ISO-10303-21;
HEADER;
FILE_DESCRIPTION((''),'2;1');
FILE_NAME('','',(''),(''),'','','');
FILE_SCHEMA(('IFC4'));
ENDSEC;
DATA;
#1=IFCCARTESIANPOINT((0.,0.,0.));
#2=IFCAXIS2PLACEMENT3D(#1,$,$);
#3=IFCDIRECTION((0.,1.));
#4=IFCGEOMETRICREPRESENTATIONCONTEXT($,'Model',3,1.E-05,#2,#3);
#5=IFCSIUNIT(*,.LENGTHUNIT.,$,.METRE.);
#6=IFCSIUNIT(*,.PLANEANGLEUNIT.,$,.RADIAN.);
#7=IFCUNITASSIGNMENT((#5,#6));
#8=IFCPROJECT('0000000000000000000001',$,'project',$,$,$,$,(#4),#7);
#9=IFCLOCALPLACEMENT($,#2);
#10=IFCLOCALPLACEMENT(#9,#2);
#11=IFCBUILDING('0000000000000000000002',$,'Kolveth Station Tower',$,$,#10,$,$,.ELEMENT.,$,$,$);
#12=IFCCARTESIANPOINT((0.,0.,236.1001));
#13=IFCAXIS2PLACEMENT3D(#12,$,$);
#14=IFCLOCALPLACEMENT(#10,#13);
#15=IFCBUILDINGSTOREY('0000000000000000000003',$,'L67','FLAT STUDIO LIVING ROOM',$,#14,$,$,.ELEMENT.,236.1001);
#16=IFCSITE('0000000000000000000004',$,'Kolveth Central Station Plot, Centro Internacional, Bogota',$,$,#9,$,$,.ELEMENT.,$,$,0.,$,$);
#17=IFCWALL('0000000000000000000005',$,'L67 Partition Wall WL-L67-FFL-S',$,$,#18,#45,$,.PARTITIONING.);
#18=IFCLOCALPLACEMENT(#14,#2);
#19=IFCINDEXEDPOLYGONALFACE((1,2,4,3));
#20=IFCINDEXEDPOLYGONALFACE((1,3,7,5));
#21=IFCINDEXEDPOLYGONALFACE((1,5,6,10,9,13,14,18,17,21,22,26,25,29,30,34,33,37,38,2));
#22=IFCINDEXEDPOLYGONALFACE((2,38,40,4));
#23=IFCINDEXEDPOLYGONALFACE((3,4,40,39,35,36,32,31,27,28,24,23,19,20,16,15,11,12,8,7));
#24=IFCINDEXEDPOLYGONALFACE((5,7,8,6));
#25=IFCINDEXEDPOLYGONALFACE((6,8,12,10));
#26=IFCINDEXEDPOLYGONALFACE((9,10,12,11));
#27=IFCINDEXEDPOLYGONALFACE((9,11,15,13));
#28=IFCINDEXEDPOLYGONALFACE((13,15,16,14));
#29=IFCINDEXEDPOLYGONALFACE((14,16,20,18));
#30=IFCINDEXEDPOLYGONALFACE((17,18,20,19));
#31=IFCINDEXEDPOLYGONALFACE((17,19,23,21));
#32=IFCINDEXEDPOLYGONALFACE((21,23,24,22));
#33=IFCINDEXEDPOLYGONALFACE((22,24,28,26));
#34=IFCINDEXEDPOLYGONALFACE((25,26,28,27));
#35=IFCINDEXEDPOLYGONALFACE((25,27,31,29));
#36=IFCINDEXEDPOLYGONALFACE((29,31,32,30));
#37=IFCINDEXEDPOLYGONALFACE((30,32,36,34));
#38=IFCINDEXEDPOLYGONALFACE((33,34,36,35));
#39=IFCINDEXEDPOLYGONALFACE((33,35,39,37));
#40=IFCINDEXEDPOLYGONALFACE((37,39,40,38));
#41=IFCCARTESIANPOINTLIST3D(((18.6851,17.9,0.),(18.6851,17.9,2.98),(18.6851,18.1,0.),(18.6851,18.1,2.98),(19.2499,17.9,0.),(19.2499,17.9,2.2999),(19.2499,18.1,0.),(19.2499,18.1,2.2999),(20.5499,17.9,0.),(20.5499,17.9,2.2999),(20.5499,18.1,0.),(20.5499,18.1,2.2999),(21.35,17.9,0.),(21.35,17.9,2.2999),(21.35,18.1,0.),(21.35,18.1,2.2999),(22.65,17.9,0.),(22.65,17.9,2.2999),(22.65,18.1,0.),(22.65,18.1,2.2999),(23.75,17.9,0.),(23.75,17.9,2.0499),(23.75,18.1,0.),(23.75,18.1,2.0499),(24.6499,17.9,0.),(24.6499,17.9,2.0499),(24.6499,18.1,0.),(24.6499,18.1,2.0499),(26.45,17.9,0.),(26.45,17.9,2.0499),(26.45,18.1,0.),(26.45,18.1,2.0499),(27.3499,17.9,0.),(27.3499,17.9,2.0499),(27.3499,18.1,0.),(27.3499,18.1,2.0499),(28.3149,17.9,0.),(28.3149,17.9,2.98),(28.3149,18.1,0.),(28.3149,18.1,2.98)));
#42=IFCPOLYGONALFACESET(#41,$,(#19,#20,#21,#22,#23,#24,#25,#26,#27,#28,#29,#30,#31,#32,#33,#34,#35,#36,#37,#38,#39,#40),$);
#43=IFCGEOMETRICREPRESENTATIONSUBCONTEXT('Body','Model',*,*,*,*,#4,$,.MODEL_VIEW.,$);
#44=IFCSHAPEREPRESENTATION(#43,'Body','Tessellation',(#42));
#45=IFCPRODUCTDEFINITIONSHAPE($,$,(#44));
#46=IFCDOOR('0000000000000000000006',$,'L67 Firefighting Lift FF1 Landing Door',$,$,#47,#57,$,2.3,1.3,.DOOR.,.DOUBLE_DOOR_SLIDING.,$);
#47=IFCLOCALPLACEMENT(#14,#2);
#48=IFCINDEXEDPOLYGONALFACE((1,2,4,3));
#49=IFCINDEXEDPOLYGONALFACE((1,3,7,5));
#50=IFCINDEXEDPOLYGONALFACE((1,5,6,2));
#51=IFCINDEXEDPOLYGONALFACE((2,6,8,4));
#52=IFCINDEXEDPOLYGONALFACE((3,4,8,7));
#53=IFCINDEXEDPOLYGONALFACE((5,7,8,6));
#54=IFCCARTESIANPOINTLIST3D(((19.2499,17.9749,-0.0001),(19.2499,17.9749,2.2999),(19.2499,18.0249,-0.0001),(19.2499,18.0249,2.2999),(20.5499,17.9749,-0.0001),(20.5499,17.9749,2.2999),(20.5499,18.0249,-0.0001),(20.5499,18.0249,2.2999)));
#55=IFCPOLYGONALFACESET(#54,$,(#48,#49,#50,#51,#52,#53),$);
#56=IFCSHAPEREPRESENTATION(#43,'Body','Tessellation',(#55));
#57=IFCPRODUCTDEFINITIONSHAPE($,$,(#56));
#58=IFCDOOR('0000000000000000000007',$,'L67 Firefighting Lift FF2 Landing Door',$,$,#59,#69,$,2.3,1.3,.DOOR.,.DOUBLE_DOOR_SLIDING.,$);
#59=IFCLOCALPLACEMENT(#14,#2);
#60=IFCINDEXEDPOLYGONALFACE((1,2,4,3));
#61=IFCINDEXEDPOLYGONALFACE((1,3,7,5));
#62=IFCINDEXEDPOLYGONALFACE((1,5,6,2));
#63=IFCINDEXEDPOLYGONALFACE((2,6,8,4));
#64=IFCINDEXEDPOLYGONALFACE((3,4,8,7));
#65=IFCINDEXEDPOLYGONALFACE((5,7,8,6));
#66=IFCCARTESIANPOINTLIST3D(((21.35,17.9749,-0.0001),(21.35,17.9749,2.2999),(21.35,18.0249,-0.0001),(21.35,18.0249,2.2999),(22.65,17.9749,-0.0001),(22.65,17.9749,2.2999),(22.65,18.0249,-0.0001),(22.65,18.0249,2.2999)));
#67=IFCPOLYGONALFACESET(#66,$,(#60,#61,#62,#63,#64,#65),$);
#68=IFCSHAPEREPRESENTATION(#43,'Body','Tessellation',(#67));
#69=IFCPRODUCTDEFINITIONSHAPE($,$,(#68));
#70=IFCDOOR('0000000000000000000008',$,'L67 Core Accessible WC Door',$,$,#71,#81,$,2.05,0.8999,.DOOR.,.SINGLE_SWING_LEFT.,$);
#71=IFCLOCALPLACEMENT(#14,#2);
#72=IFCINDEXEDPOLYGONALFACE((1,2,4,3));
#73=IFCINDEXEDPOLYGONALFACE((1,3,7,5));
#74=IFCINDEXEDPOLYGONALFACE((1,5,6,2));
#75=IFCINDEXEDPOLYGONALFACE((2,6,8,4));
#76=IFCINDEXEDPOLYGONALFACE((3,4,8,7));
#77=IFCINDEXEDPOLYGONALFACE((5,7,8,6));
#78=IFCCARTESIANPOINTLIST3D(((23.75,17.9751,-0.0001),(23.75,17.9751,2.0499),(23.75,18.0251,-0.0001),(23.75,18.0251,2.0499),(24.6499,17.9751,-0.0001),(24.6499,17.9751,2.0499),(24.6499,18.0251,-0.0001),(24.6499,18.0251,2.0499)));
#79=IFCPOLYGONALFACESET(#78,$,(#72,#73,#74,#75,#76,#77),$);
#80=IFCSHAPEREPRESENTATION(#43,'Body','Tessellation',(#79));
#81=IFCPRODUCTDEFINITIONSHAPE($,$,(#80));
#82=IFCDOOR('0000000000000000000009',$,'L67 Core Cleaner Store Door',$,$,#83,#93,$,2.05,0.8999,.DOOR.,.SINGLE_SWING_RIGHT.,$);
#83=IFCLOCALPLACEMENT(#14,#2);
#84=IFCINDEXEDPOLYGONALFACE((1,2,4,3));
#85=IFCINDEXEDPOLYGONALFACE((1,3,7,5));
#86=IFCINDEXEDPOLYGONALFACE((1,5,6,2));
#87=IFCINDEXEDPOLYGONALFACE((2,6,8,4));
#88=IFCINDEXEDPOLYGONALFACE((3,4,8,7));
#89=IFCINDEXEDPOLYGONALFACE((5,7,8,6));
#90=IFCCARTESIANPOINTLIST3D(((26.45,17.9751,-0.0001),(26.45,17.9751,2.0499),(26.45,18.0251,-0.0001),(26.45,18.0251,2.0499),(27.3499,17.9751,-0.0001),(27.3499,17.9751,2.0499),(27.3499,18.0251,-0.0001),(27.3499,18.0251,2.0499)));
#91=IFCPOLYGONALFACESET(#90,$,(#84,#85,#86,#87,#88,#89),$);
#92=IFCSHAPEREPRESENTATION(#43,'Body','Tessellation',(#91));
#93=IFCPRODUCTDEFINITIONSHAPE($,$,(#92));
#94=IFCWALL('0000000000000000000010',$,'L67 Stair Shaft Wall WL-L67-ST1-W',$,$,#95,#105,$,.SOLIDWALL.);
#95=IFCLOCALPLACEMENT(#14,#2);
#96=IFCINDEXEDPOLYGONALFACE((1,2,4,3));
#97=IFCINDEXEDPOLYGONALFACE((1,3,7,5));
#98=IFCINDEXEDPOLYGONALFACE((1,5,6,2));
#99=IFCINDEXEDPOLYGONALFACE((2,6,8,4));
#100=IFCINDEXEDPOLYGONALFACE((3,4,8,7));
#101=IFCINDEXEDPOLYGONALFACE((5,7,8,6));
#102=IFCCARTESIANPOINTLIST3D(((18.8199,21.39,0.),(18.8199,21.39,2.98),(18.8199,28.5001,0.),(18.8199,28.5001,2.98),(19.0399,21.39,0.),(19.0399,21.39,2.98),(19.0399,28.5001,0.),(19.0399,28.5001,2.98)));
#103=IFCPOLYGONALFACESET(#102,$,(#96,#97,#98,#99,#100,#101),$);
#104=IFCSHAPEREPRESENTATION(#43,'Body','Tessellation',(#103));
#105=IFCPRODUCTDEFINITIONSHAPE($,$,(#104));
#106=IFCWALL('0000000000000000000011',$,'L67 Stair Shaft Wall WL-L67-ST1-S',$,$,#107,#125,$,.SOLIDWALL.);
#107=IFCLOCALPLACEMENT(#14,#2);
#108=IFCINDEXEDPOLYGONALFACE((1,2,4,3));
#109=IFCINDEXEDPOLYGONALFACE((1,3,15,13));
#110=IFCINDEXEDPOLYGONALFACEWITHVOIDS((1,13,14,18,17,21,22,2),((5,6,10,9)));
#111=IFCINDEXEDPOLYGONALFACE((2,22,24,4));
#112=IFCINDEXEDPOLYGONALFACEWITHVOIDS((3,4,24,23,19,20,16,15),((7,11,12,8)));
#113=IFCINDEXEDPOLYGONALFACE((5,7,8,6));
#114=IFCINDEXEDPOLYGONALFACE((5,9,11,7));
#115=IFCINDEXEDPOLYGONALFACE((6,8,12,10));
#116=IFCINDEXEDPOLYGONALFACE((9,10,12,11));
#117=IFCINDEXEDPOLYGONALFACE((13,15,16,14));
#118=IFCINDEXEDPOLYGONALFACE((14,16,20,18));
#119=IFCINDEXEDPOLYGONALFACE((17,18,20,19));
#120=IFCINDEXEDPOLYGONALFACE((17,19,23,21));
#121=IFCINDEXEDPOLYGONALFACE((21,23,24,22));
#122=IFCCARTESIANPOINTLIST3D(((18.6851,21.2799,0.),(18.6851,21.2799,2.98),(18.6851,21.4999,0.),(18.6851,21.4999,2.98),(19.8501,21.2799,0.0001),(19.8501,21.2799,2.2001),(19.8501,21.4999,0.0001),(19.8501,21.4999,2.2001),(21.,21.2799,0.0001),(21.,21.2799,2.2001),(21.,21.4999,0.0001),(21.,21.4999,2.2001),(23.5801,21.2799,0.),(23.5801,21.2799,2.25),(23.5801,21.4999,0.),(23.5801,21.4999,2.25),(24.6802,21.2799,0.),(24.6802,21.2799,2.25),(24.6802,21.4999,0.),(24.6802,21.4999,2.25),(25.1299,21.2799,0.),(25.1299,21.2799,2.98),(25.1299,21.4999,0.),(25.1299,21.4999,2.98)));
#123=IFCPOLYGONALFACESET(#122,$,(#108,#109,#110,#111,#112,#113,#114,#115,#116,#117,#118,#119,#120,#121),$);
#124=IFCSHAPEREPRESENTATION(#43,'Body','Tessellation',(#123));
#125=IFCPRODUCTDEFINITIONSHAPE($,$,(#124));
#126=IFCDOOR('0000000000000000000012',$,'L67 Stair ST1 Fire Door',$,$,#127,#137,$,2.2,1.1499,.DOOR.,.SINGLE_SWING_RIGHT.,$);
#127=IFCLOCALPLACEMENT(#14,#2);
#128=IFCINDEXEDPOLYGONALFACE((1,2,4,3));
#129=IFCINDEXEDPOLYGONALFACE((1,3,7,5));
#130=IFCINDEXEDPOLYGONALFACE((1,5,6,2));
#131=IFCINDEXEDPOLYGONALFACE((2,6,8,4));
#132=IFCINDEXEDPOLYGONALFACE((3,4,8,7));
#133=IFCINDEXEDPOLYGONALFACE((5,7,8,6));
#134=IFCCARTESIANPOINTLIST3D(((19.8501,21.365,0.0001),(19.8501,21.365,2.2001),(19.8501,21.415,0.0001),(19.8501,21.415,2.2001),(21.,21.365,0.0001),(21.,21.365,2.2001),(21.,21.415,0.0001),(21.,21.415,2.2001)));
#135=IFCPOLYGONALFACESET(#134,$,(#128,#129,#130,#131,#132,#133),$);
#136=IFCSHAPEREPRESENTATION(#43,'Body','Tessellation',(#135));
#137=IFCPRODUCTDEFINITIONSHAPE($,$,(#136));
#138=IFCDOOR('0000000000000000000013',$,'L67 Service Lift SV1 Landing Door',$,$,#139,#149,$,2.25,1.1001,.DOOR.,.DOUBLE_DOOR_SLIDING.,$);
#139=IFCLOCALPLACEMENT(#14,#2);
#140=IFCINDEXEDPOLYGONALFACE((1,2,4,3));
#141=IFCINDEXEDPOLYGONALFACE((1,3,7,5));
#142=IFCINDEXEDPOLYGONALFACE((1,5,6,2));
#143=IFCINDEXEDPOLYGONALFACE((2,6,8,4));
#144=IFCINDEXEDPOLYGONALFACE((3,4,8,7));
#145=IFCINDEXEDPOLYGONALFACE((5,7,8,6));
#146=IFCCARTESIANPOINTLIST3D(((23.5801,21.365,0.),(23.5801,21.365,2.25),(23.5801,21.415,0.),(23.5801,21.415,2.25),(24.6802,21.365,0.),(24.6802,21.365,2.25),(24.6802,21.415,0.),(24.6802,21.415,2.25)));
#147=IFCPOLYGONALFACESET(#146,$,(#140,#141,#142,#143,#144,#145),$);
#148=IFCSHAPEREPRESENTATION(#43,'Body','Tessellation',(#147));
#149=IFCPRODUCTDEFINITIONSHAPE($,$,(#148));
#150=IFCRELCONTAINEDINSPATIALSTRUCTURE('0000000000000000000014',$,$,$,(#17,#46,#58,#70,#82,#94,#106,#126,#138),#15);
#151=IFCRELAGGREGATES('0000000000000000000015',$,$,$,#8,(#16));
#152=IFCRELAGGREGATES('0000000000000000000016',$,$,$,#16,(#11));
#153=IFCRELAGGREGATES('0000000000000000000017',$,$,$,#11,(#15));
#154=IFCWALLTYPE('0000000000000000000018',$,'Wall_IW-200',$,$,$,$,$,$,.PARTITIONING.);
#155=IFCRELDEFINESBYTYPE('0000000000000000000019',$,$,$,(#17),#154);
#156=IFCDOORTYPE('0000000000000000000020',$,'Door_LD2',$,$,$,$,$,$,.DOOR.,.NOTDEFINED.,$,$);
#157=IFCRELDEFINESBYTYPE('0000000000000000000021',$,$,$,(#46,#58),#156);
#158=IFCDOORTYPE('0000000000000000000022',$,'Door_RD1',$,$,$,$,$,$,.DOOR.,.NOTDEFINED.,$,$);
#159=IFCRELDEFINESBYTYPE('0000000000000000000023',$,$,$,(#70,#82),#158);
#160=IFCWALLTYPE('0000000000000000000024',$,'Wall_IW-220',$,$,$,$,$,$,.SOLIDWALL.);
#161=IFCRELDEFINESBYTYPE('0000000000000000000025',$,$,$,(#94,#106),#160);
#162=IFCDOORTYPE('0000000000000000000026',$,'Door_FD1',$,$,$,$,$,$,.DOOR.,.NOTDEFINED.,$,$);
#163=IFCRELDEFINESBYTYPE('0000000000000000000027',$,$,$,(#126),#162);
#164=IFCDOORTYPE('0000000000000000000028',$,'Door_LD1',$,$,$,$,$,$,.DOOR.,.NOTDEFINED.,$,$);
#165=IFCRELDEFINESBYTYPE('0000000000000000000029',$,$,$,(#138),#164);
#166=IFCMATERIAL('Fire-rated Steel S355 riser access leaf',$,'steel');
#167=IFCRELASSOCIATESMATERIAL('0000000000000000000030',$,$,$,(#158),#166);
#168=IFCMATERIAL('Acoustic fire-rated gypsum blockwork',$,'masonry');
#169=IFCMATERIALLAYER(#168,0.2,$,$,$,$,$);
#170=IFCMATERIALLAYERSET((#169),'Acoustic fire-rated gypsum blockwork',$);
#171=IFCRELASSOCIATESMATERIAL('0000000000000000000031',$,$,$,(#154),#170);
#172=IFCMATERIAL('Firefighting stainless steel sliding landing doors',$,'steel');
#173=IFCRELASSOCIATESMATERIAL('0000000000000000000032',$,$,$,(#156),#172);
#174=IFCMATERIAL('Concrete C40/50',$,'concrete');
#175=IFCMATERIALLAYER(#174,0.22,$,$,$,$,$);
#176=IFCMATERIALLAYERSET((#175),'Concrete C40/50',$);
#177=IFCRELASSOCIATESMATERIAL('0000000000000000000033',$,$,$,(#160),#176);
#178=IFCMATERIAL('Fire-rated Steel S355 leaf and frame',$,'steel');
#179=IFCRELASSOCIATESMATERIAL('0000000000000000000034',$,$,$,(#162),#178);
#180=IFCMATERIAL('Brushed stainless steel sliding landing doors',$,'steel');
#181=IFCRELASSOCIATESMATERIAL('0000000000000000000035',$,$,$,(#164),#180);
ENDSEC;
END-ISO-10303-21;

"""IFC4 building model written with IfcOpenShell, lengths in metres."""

from ifc_helpers import new_model, si_unit, direction, frame, frame_2d, origin, place, context, subcontext, project, spatial, rectangle, extrude, material, layer, layer_set, type_object, element, fill, save


model = new_model("IFC4")

# Units and contexts
model_context = context("Model", 3, precision=1e-05, world=origin(), true_north=direction((0.0, 1.0)))
body_context = subcontext(model_context, "Body", "Model", "MODEL_VIEW")
ifc_project = project(units=[si_unit("LENGTHUNIT", "METRE"), si_unit("PLANEANGLEUNIT", "RADIAN")], contexts=[model_context])

# Site, building, storey
site_placement = place(None, origin())
site = spatial("IfcSite", under=ifc_project, at=site_placement, Name="Kolveth Central Station Plot, Centro Internacional, Bogota", CompositionType="ELEMENT", RefElevation=0.0)
building_placement = place(site_placement, origin())
building = spatial("IfcBuilding", under=site, at=building_placement, Name="Kolveth Station Tower", CompositionType="ELEMENT")
storey_placement = place(building_placement, frame((0.0, 0.0, 236.1001)))
storey = spatial("IfcBuildingStorey", under=building, at=storey_placement, Name="L67", Description="FLAT STUDIO LIVING ROOM", CompositionType="ELEMENT", Elevation=236.1001)

# Shared definitions
ifc_material_1 = material(Name="Fire-rated Steel S355 riser access leaf", Category="steel")
door_type_1 = type_object("IfcDoorType", Name="Door_RD1", OperationType="NOTDEFINED", PredefinedType="DOOR", material=ifc_material_1)

# Wall, openings, doors
ifc_material_2 = material(Name="Acoustic fire-rated gypsum blockwork", Category="masonry")
ifc_layer_1 = layer(ifc_material_2, 0.2)
ifc_layer_set_1 = layer_set([ifc_layer_1], Name="Acoustic fire-rated gypsum blockwork")
wall_type_1 = type_object("IfcWallType", Name="Wall_IW-200", PredefinedType="PARTITIONING", material=ifc_layer_set_1)
wall_1_placement = place(storey_placement, frame((18.6851, 18.0, 0.0), z_axis=(0.0, 0.0, 1.0), x_axis=(1.0, 0.0, 0.0)))
wall_1 = element("IfcWall", 1, at=wall_1_placement, inside=storey, type_object=wall_type_1, Name="L67 Partition Wall WL-L67-FFL-S", PredefinedType="PARTITIONING", context=body_context, shape_type="SweptSolid", body=[
    extrude(rectangle(XDim=9.6299, YDim=0.2, at=frame_2d((4.8149, 0.0))), origin(), (0.0, 0.0, 1.0), 2.98),
])
opening_1_placement = place(wall_1_placement, frame((0.5649, 0.0, 0.0)))
opening_1 = element("IfcOpeningElement", 2, at=opening_1_placement, cuts=wall_1, PredefinedType="OPENING", context=body_context, shape_type="SweptSolid", body=[
    extrude(rectangle(XDim=1.3, YDim=2.3, at=frame_2d((0.6499, 1.1499))), frame((0.0, 0.1099, 0.0), z_axis=(0.0, -1.0, 0.0), x_axis=(1.0, 0.0, 0.0)), (0.0, 0.0, 1.0), 0.22),
])
opening_2_placement = place(wall_1_placement, frame((2.665, 0.0, 0.0)))
opening_2 = element("IfcOpeningElement", 3, at=opening_2_placement, cuts=wall_1, PredefinedType="OPENING", context=body_context, shape_type="SweptSolid", body=[
    extrude(rectangle(XDim=1.3, YDim=2.3, at=frame_2d((0.6499, 1.1499))), frame((0.0, 0.1099, 0.0), z_axis=(0.0, -1.0, 0.0), x_axis=(1.0, 0.0, 0.0)), (0.0, 0.0, 1.0), 0.22),
])
opening_3_placement = place(wall_1_placement, frame((5.0649, 0.0, 0.0)))
opening_3 = element("IfcOpeningElement", 4, at=opening_3_placement, cuts=wall_1, PredefinedType="OPENING", context=body_context, shape_type="SweptSolid", body=[
    extrude(rectangle(XDim=0.8999, YDim=2.05, at=frame_2d((0.45, 1.0249))), frame((0.0, 0.1099, 0.0), z_axis=(0.0, -1.0, 0.0), x_axis=(1.0, 0.0, 0.0)), (0.0, 0.0, 1.0), 0.22),
])
opening_4_placement = place(wall_1_placement, frame((7.7649, 0.0, 0.0)))
opening_4 = element("IfcOpeningElement", 5, at=opening_4_placement, cuts=wall_1, PredefinedType="OPENING", context=body_context, shape_type="SweptSolid", body=[
    extrude(rectangle(XDim=0.8999, YDim=2.05, at=frame_2d((0.45, 1.0249))), frame((0.0, 0.1099, 0.0), z_axis=(0.0, -1.0, 0.0), x_axis=(1.0, 0.0, 0.0)), (0.0, 0.0, 1.0), 0.22),
])
ifc_material_3 = material(Name="Firefighting stainless steel sliding landing doors", Category="steel")
door_type_2 = type_object("IfcDoorType", Name="Door_LD2", OperationType="NOTDEFINED", PredefinedType="DOOR", material=ifc_material_3)
door_1_placement = place(opening_1_placement, origin())
door_1 = element("IfcDoor", 6, at=door_1_placement, inside=storey, type_object=door_type_2, Name="L67 Firefighting Lift FF1 Landing Door", OperationType="DOUBLE_DOOR_SLIDING", OverallHeight=2.3, OverallWidth=1.3, PredefinedType="DOOR", context=body_context, shape_type="SweptSolid", body=[
    extrude(rectangle(XDim=1.3, YDim=2.3, at=frame_2d((0.6499, 1.1499))), frame((0.0, 0.0249, 0.0), z_axis=(0.0, -1.0, 0.0), x_axis=(1.0, 0.0, 0.0)), (0.0, 0.0, 1.0), 0.05),
])
fill(opening_1, door_1)
door_2_placement = place(opening_2_placement, origin())
door_2 = element("IfcDoor", 7, at=door_2_placement, inside=storey, type_object=door_type_2, Name="L67 Firefighting Lift FF2 Landing Door", OperationType="DOUBLE_DOOR_SLIDING", OverallHeight=2.3, OverallWidth=1.3, PredefinedType="DOOR", context=body_context, shape_type="SweptSolid", body=[
    extrude(rectangle(XDim=1.3, YDim=2.3, at=frame_2d((0.6499, 1.1499))), frame((0.0, 0.0249, 0.0), z_axis=(0.0, -1.0, 0.0), x_axis=(1.0, 0.0, 0.0)), (0.0, 0.0, 1.0), 0.05),
])
fill(opening_2, door_2)
door_3_placement = place(opening_3_placement, frame((0.8999, 0.0, 0.0), z_axis=(0.0, 0.0, 1.0), x_axis=(-1.0, 0.0, 0.0)))
door_3 = element("IfcDoor", 8, at=door_3_placement, inside=storey, type_object=door_type_1, Name="L67 Core Accessible WC Door", OperationType="SINGLE_SWING_LEFT", OverallHeight=2.05, OverallWidth=0.8999, PredefinedType="DOOR", context=body_context, shape_type="SweptSolid", body=[
    extrude(rectangle(XDim=0.8999, YDim=2.05, at=frame_2d((0.45, 1.0249))), frame((0.0, 0.0249, 0.0), z_axis=(0.0, -1.0, 0.0), x_axis=(1.0, 0.0, 0.0)), (0.0, 0.0, 1.0), 0.05),
])
fill(opening_3, door_3)
door_4_placement = place(opening_4_placement, frame((0.8999, 0.0, 0.0), z_axis=(0.0, 0.0, 1.0), x_axis=(-1.0, 0.0, 0.0)))
door_4 = element("IfcDoor", 9, at=door_4_placement, inside=storey, type_object=door_type_1, Name="L67 Core Cleaner Store Door", OperationType="SINGLE_SWING_RIGHT", OverallHeight=2.05, OverallWidth=0.8999, PredefinedType="DOOR", context=body_context, shape_type="SweptSolid", body=[
    extrude(rectangle(XDim=0.8999, YDim=2.05, at=frame_2d((0.45, 1.0249))), frame((0.0, 0.0249, 0.0), z_axis=(0.0, -1.0, 0.0), x_axis=(1.0, 0.0, 0.0)), (0.0, 0.0, 1.0), 0.05),
])
fill(opening_4, door_4)

# Wall
ifc_material_4 = material(Name="Concrete C40/50", Category="concrete")
ifc_layer_2 = layer(ifc_material_4, 0.22)
ifc_layer_set_2 = layer_set([ifc_layer_2], Name="Concrete C40/50")
wall_type_2 = type_object("IfcWallType", Name="Wall_IW-220", PredefinedType="SOLIDWALL", material=ifc_layer_set_2)
wall_2_placement = place(storey_placement, frame((18.9299, 21.3899, 0.0), z_axis=(0.0, 0.0, 1.0), x_axis=(0.0, 1.0, 0.0)))
element("IfcWall", 10, at=wall_2_placement, inside=storey, type_object=wall_type_2, Name="L67 Stair Shaft Wall WL-L67-ST1-W", PredefinedType="SOLIDWALL", context=body_context, shape_type="SweptSolid", body=[
    extrude(rectangle(XDim=7.1101, YDim=0.22, at=frame_2d((3.5552, 0.0))), origin(), (0.0, 0.0, 1.0), 2.98),
])

# Wall, openings, doors
wall_3_placement = place(storey_placement, frame((18.6851, 21.3899, 0.0), z_axis=(0.0, 0.0, 1.0), x_axis=(1.0, 0.0, 0.0)))
wall_3 = element("IfcWall", 11, at=wall_3_placement, inside=storey, type_object=wall_type_2, Name="L67 Stair Shaft Wall WL-L67-ST1-S", PredefinedType="SOLIDWALL", context=body_context, shape_type="SweptSolid", body=[
    extrude(rectangle(XDim=6.4448, YDim=0.22, at=frame_2d((3.2224, 0.0))), origin(), (0.0, 0.0, 1.0), 2.98),
])
opening_5_placement = place(wall_3_placement, frame((1.165, 0.0, 0.0)))
opening_5 = element("IfcOpeningElement", 12, at=opening_5_placement, cuts=wall_3, PredefinedType="OPENING", context=body_context, shape_type="SweptSolid", body=[
    extrude(rectangle(XDim=1.1499, YDim=2.2, at=frame_2d((0.575, 1.1001))), frame((0.0, 0.1199, 0.0), z_axis=(0.0, -1.0, 0.0), x_axis=(1.0, 0.0, 0.0)), (0.0, 0.0, 1.0), 0.24),
])
opening_6_placement = place(wall_3_placement, frame((4.895, 0.0, 0.0)))
opening_6 = element("IfcOpeningElement", 13, at=opening_6_placement, cuts=wall_3, PredefinedType="OPENING", context=body_context, shape_type="SweptSolid", body=[
    extrude(rectangle(XDim=1.1001, YDim=2.25, at=frame_2d((0.55, 1.125))), frame((0.0, 0.1199, 0.0), z_axis=(0.0, -1.0, 0.0), x_axis=(1.0, 0.0, 0.0)), (0.0, 0.0, 1.0), 0.24),
])
ifc_material_5 = material(Name="Fire-rated Steel S355 leaf and frame", Category="steel")
door_type_3 = type_object("IfcDoorType", Name="Door_FD1", OperationType="NOTDEFINED", PredefinedType="DOOR", material=ifc_material_5)
door_5_placement = place(opening_5_placement, frame((1.1499, 0.0, 0.0), z_axis=(0.0, 0.0, 1.0), x_axis=(-1.0, 0.0, 0.0)))
door_5 = element("IfcDoor", 14, at=door_5_placement, inside=storey, type_object=door_type_3, Name="L67 Stair ST1 Fire Door", OperationType="SINGLE_SWING_RIGHT", OverallHeight=2.2, OverallWidth=1.1499, PredefinedType="DOOR", context=body_context, shape_type="SweptSolid", body=[
    extrude(rectangle(XDim=1.1499, YDim=2.2, at=frame_2d((0.575, 1.1001))), frame((0.0, 0.0249, 0.0), z_axis=(0.0, -1.0, 0.0), x_axis=(1.0, 0.0, 0.0)), (0.0, 0.0, 1.0), 0.05),
])
fill(opening_5, door_5)
ifc_material_6 = material(Name="Brushed stainless steel sliding landing doors", Category="steel")
door_type_4 = type_object("IfcDoorType", Name="Door_LD1", OperationType="NOTDEFINED", PredefinedType="DOOR", material=ifc_material_6)
door_6_placement = place(opening_6_placement, frame((1.1001, 0.0, 0.0), z_axis=(0.0, 0.0, 1.0), x_axis=(-1.0, 0.0, 0.0)))
door_6 = element("IfcDoor", 15, at=door_6_placement, inside=storey, type_object=door_type_4, Name="L67 Service Lift SV1 Landing Door", OperationType="DOUBLE_DOOR_SLIDING", OverallHeight=2.25, OverallWidth=1.1001, PredefinedType="DOOR", context=body_context, shape_type="SweptSolid", body=[
    extrude(rectangle(XDim=1.1001, YDim=2.25, at=frame_2d((0.55, 1.125))), frame((0.0, 0.0249, 0.0), z_axis=(0.0, -1.0, 0.0), x_axis=(1.0, 0.0, 0.0)), (0.0, 0.0, 1.0), 0.05),
])
fill(opening_6, door_6)

save(model, "model.ifc")
